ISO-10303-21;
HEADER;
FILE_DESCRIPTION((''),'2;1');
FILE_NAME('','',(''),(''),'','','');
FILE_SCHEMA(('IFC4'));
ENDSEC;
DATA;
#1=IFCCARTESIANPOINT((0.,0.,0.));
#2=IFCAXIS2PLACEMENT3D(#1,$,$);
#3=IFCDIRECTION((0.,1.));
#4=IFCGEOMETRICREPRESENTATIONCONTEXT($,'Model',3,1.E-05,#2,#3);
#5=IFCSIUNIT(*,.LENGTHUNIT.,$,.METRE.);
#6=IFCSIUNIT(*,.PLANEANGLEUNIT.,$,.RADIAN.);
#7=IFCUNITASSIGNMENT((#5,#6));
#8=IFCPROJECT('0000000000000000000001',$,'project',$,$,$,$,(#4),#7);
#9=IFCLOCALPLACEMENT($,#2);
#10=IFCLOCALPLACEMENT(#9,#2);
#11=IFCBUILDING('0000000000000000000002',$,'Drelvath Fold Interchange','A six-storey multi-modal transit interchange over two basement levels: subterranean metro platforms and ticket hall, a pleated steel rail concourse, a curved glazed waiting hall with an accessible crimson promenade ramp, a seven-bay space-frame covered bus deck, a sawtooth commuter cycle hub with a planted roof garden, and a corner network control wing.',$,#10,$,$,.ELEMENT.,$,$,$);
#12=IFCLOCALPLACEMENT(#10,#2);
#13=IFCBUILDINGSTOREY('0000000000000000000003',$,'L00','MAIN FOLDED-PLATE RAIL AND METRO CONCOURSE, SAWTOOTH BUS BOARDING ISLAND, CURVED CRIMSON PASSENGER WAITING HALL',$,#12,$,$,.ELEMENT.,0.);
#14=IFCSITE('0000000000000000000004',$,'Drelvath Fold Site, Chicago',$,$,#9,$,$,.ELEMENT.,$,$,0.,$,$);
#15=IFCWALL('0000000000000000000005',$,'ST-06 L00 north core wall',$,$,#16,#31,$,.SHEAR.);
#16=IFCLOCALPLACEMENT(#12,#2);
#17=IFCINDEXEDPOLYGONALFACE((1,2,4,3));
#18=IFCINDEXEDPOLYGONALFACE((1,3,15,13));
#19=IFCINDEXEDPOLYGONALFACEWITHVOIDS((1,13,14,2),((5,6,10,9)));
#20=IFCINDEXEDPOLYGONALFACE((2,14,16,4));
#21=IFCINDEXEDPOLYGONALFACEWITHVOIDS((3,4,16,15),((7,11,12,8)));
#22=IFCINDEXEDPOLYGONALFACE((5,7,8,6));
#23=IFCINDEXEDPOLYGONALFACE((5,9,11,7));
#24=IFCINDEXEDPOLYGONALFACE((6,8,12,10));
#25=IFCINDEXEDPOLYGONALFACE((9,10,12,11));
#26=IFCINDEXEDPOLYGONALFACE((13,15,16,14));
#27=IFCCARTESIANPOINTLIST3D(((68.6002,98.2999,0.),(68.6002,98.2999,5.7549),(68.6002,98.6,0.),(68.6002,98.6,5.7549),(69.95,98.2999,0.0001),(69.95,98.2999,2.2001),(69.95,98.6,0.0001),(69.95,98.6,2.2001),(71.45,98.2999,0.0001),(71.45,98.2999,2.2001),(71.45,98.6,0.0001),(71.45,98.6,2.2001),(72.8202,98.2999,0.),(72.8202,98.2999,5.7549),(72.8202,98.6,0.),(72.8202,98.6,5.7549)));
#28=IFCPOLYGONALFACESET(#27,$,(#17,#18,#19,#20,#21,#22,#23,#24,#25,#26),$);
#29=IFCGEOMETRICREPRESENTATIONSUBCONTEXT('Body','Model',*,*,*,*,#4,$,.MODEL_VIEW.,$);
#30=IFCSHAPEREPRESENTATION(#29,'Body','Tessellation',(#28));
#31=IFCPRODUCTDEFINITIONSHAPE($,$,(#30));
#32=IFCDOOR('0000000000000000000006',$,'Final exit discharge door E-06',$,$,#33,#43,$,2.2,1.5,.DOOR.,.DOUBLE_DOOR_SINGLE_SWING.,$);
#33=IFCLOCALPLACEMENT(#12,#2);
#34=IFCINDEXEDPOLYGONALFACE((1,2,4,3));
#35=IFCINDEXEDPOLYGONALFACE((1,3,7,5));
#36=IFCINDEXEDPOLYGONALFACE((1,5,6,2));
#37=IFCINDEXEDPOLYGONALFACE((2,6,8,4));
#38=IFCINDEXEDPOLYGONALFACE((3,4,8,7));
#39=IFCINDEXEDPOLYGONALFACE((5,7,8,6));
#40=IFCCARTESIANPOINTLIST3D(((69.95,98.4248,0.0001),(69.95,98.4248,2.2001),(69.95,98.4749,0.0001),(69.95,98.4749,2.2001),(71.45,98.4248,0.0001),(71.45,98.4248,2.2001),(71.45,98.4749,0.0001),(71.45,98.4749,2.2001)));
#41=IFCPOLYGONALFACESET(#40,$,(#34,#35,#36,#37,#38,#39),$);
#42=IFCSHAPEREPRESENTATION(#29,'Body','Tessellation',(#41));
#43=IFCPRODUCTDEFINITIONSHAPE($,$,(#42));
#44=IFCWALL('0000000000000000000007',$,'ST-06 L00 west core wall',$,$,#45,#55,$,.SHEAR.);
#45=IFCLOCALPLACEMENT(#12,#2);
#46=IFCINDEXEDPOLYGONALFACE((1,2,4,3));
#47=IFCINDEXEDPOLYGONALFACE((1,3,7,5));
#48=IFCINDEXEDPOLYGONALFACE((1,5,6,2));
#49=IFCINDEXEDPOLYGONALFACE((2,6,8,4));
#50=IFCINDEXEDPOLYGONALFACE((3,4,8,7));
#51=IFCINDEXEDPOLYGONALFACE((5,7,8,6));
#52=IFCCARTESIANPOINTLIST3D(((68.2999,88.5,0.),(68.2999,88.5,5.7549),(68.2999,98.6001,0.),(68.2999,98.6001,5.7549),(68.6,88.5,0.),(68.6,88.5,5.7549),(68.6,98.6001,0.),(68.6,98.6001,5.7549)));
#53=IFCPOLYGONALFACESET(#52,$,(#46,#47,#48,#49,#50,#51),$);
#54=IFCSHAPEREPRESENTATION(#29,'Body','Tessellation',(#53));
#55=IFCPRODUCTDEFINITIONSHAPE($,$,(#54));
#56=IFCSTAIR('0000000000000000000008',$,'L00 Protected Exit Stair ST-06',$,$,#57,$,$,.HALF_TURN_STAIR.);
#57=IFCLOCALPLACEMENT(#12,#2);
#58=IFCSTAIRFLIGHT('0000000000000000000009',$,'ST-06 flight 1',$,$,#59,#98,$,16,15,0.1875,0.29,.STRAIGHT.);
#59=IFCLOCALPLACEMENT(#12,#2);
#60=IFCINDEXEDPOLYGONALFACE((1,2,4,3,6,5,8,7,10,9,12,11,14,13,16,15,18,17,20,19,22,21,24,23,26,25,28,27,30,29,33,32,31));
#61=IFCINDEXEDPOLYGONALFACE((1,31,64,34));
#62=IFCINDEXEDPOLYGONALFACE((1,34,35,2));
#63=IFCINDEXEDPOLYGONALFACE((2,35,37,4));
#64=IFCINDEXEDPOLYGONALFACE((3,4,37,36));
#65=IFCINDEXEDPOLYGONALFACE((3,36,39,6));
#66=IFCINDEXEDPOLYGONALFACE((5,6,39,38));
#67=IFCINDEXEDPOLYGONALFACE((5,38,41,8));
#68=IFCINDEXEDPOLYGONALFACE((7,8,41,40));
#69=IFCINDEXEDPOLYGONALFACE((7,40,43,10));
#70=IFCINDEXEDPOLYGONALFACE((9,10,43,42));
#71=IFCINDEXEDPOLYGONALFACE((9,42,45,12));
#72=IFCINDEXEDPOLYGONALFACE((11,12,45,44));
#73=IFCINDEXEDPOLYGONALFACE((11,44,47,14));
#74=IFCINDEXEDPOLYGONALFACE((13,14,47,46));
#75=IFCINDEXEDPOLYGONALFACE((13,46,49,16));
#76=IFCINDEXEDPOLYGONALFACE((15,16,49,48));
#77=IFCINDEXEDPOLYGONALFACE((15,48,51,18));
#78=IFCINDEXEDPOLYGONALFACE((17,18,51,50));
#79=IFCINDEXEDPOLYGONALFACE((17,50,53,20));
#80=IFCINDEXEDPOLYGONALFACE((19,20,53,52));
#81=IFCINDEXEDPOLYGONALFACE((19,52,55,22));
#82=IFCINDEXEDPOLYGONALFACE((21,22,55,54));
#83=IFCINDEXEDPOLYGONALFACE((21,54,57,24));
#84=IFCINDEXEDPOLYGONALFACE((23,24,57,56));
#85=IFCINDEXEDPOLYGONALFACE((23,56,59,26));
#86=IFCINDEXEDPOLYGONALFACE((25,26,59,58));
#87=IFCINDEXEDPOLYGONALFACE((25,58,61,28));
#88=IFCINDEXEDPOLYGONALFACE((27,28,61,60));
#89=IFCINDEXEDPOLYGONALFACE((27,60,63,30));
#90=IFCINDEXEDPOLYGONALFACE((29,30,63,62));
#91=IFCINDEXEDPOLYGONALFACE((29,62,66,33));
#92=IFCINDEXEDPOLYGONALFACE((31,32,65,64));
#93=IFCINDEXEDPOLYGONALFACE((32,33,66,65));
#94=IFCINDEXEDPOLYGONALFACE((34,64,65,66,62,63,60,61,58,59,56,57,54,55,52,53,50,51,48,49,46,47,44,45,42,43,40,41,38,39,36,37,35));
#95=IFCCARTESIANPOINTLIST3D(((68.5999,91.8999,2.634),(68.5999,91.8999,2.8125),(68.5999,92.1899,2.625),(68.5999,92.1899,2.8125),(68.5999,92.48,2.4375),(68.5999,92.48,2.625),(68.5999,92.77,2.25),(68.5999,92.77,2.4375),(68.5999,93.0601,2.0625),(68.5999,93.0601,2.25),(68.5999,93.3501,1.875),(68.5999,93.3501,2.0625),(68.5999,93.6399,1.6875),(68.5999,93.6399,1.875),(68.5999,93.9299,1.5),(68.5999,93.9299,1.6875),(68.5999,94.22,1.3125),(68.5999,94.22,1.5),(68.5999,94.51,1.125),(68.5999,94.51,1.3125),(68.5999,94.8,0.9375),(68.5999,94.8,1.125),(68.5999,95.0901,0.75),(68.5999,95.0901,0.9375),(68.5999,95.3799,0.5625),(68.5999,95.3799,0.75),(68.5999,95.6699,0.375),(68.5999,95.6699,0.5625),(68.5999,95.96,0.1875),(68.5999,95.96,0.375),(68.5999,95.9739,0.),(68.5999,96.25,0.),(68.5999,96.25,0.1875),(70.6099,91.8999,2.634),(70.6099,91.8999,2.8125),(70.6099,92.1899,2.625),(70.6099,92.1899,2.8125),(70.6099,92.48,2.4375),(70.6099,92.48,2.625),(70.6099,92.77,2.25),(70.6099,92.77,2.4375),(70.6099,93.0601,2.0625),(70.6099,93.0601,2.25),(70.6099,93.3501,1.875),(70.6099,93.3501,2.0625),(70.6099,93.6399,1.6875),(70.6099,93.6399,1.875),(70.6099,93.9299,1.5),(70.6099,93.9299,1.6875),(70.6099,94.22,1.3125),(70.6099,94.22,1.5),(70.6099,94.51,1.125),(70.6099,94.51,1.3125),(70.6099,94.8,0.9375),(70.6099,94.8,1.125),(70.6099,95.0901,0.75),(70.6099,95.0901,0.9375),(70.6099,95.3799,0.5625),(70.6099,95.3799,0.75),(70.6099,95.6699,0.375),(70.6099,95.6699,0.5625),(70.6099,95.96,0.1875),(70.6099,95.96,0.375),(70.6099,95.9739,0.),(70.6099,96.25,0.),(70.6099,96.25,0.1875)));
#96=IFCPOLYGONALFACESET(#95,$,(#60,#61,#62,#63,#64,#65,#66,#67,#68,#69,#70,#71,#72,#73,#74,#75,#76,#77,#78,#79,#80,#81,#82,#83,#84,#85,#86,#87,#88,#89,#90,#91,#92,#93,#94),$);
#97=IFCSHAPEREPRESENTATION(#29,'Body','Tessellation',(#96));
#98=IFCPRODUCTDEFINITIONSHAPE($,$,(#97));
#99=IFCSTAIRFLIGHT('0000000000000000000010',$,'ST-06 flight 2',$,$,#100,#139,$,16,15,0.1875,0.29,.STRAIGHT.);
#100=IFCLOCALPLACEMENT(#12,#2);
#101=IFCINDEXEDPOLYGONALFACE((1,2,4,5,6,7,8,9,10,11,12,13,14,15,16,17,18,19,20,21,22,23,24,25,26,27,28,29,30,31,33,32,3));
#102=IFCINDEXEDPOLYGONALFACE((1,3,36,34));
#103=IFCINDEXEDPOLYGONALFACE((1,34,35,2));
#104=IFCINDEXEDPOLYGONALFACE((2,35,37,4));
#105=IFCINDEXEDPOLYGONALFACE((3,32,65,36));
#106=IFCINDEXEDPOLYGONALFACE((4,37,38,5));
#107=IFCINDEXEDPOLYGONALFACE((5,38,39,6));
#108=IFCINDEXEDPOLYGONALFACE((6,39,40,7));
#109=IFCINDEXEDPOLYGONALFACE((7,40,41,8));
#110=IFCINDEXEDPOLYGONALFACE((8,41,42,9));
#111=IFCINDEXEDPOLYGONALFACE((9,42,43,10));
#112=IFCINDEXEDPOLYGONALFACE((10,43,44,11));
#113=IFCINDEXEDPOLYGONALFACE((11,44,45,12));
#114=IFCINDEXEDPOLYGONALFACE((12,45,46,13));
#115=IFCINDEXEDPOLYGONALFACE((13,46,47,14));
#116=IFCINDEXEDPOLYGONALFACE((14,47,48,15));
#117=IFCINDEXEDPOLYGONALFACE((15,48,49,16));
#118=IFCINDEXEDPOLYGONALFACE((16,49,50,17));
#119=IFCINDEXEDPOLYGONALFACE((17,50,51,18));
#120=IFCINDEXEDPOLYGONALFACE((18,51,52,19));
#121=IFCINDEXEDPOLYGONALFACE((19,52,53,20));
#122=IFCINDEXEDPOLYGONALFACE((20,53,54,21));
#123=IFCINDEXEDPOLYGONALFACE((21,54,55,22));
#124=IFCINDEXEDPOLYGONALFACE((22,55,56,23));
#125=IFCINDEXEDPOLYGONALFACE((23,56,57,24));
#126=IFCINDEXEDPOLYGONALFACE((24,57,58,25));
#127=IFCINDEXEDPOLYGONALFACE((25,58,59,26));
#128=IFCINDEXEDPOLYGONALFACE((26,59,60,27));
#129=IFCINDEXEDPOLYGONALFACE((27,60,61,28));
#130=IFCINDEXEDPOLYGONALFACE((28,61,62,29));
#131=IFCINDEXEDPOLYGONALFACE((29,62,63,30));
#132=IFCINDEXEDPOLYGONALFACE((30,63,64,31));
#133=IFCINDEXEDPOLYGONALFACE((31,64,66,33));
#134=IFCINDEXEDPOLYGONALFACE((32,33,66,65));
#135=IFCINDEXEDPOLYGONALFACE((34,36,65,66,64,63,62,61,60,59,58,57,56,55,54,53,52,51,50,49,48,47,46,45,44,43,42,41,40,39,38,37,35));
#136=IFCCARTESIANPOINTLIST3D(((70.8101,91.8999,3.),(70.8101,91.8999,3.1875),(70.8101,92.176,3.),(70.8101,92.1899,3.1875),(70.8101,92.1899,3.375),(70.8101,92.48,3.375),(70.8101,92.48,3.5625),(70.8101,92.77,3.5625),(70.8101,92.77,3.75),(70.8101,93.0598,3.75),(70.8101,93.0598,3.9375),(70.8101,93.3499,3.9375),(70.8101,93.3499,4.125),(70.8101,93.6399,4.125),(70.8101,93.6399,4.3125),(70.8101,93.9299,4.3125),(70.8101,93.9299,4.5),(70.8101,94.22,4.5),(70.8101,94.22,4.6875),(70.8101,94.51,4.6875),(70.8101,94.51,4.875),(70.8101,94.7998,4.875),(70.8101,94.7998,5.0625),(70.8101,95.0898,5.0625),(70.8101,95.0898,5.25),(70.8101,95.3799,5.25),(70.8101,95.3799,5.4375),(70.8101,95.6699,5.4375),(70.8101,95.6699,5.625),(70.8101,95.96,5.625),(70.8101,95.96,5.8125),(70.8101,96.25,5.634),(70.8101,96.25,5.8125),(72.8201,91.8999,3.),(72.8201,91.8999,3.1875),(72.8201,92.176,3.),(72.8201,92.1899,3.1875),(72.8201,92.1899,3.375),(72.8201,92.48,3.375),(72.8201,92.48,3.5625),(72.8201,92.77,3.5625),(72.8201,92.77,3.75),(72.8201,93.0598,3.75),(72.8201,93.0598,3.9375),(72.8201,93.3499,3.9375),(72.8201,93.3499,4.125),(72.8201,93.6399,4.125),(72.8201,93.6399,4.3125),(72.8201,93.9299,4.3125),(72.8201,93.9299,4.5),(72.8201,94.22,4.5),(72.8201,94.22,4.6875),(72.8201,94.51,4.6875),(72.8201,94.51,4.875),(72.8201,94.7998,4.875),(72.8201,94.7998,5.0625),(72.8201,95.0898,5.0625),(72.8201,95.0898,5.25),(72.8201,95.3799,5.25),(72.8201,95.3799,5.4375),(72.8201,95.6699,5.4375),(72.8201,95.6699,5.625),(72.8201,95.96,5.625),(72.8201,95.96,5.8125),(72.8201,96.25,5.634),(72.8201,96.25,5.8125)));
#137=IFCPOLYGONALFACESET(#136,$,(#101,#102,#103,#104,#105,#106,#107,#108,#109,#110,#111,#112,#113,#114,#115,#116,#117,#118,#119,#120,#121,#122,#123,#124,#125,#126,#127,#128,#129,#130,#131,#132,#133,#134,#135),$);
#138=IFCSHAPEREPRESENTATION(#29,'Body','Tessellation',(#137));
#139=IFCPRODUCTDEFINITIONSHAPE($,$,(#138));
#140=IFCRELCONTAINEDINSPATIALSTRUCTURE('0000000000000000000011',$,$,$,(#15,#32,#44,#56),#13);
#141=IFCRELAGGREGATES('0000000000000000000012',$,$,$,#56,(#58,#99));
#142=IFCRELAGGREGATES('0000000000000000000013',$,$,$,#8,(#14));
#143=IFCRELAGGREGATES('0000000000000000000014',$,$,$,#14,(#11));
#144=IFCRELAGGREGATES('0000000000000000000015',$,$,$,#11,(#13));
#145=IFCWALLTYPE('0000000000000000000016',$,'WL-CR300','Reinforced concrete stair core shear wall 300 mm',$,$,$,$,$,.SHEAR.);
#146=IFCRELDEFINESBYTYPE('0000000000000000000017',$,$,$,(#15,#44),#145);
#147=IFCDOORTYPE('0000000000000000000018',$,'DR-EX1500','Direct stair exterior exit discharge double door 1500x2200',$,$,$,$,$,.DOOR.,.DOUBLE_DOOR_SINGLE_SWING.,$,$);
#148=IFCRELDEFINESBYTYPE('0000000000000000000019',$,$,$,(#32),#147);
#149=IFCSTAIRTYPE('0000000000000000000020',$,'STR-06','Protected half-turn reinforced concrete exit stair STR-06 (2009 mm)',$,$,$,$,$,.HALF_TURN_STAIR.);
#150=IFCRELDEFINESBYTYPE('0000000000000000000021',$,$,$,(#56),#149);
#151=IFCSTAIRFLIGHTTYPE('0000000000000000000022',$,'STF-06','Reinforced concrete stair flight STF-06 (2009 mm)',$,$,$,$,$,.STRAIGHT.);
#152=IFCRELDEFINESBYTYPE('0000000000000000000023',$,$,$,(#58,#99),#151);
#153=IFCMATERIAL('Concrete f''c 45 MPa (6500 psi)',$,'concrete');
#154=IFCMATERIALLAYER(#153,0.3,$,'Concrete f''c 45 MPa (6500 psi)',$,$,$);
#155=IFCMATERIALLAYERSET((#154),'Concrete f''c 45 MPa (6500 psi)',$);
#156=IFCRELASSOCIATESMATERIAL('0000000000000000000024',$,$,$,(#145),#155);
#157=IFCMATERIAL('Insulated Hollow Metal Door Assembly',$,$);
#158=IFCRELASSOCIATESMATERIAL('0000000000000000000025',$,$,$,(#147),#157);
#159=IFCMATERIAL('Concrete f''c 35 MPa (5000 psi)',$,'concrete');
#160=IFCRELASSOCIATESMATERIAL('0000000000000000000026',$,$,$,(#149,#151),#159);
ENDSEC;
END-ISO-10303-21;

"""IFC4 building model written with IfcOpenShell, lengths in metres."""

from ifc_helpers import new_model, si_unit, direction, frame, frame_2d, origin, place, context, subcontext, project, spatial, polyline, rectangle, outline, extrude, material, layer, layer_set, type_object, element, fill, aggregate, save


model = new_model("IFC4")

# Units and contexts
model_context = context("Model", 3, precision=1e-05, world=origin(), true_north=direction((0.0, 1.0)))
body_context = subcontext(model_context, "Body", "Model", "MODEL_VIEW")
ifc_project = project(units=[si_unit("LENGTHUNIT", "METRE"), si_unit("PLANEANGLEUNIT", "RADIAN")], contexts=[model_context])

# Site, building, storey
site_placement = place(None, origin())
site = spatial("IfcSite", under=ifc_project, at=site_placement, Name="Drelvath Fold Site, Chicago", CompositionType="ELEMENT", RefElevation=0.0)
building_placement = place(site_placement, origin())
building = spatial("IfcBuilding", under=site, at=building_placement, Name="Drelvath Fold Interchange", Description="A six-storey multi-modal transit interchange over two basement levels: subterranean metro platforms and ticket hall, a pleated steel rail concourse, a curved glazed waiting hall with an accessible crimson promenade ramp, a seven-bay space-frame covered bus deck, a sawtooth commuter cycle hub with a planted roof garden, and a corner network control wing.", CompositionType="ELEMENT")
storey_placement = place(building_placement, origin())
storey = spatial("IfcBuildingStorey", under=building, at=storey_placement, Name="L00", Description="MAIN FOLDED-PLATE RAIL AND METRO CONCOURSE, SAWTOOTH BUS BOARDING ISLAND, CURVED CRIMSON PASSENGER WAITING HALL", CompositionType="ELEMENT", Elevation=0.0)

# Wall, opening, door
ifc_material_1 = material(Name="Concrete f'c 45 MPa (6500 psi)", Category="concrete")
ifc_layer_1 = layer(ifc_material_1, 0.3, Name="Concrete f'c 45 MPa (6500 psi)")
ifc_layer_set_1 = layer_set([ifc_layer_1], Name="Concrete f'c 45 MPa (6500 psi)")
wall_type = type_object("IfcWallType", Name="WL-CR300", Description="Reinforced concrete stair core shear wall 300 mm", PredefinedType="SHEAR", material=ifc_layer_set_1)
wall_1_placement = place(storey_placement, frame((72.8201, 98.45, 0.0), z_axis=(0.0, 0.0, 1.0), x_axis=(-1.0, 0.0, 0.0)))
wall_1 = element("IfcWall", 1, at=wall_1_placement, inside=storey, type_object=wall_type, Name="ST-06 L00 north core wall", PredefinedType="SHEAR", context=body_context, shape_type="SweptSolid", body=[
    extrude(rectangle(XDim=4.22, YDim=0.3, at=frame_2d((2.1099, 0.0))), origin(), (0.0, 0.0, 1.0), 5.7549),
])
opening_placement = place(wall_1_placement, frame((1.3701, 0.0, 0.0)))
opening = element("IfcOpeningElement", 2, at=opening_placement, cuts=wall_1, PredefinedType="OPENING", context=body_context, shape_type="SweptSolid", body=[
    extrude(rectangle(XDim=1.5, YDim=2.2, at=frame_2d((0.75, 1.1001))), frame((0.0, 0.1599, 0.0), z_axis=(0.0, -1.0, 0.0), x_axis=(1.0, 0.0, 0.0)), (0.0, 0.0, 1.0), 0.3201),
])
ifc_material_2 = material(Name="Insulated Hollow Metal Door Assembly")
door_type = type_object("IfcDoorType", Name="DR-EX1500", Description="Direct stair exterior exit discharge double door 1500x2200", OperationType="DOUBLE_DOOR_SINGLE_SWING", PredefinedType="DOOR", material=ifc_material_2)
door_placement = place(opening_placement, frame((1.5, 0.0, 0.0), z_axis=(0.0, 0.0, 1.0), x_axis=(-1.0, 0.0, 0.0)))
door = element("IfcDoor", 3, at=door_placement, inside=storey, type_object=door_type, Name="Final exit discharge door E-06", OperationType="DOUBLE_DOOR_SINGLE_SWING", OverallHeight=2.2, OverallWidth=1.5, PredefinedType="DOOR", context=body_context, shape_type="SweptSolid", body=[
    extrude(rectangle(XDim=1.5, YDim=2.2, at=frame_2d((0.75, 1.1001))), frame((0.0, 0.0249, 0.0), z_axis=(0.0, -1.0, 0.0), x_axis=(1.0, 0.0, 0.0)), (0.0, 0.0, 1.0), 0.05),
])
fill(opening, door)

# Wall
wall_2_placement = place(storey_placement, frame((68.45, 98.6001, 0.0), z_axis=(0.0, 0.0, 1.0), x_axis=(0.0, -1.0, 0.0)))
element("IfcWall", 4, at=wall_2_placement, inside=storey, type_object=wall_type, Name="ST-06 L00 west core wall", PredefinedType="SHEAR", context=body_context, shape_type="SweptSolid", body=[
    extrude(rectangle(XDim=10.1001, YDim=0.3, at=frame_2d((5.05, 0.0))), origin(), (0.0, 0.0, 1.0), 5.7549),
])

# Stair, stair flights
ifc_material_3 = material(Name="Concrete f'c 35 MPa (5000 psi)", Category="concrete")
stair_type = type_object("IfcStairType", Name="STR-06", Description="Protected half-turn reinforced concrete exit stair STR-06 (2009 mm)", PredefinedType="HALF_TURN_STAIR", material=ifc_material_3)
stair_placement = place(storey_placement, origin())
stair = element("IfcStair", 5, at=stair_placement, inside=storey, type_object=stair_type, Name="L00 Protected Exit Stair ST-06", PredefinedType="HALF_TURN_STAIR")
stair_flight_type = type_object("IfcStairFlightType", Name="STF-06", Description="Reinforced concrete stair flight STF-06 (2009 mm)", PredefinedType="STRAIGHT", material=ifc_material_3)
stair_flight_1_placement = place(storey_placement, frame((69.605, 96.25, 0.0), z_axis=(0.0, 0.0, 1.0), x_axis=(0.0, -1.0, 0.0)))
stair_flight_1 = element("IfcStairFlight", 6, at=stair_flight_1_placement, type_object=stair_flight_type, Name="ST-06 flight 1", NumberOfRisers=16, NumberOfTreads=15, PredefinedType="STRAIGHT", RiserHeight=0.1875, TreadLength=0.29, context=body_context, shape_type="SweptSolid", body=[
    extrude(outline(polyline([(0.0, 0.0), (0.0, 0.1875), (0.29, 0.1875), (0.29, 0.375), (0.5801, 0.375), (0.5801, 0.5625), (0.8701, 0.5625), (0.8701, 0.75), (1.1599, 0.75), (1.1599, 0.9375), (1.45, 0.9375), (1.45, 1.125), (1.74, 1.125), (1.74, 1.3125), (2.03, 1.3125), (2.03, 1.5), (2.3201, 1.5), (2.3201, 1.6875), (2.6101, 1.6875), (2.6101, 1.875), (2.8999, 1.875), (2.8999, 2.0625), (3.1899, 2.0625), (3.1899, 2.25), (3.48, 2.25), (3.48, 2.4375), (3.77, 2.4375), (3.77, 2.625), (4.0601, 2.625), (4.0601, 2.8125), (4.3501, 2.8125), (4.3501, 3.0), (4.3501, 2.634), (0.2761, 0.0), (0.0, 0.0)])), frame((0.0, 1.0049, 0.0), z_axis=(0.0, -1.0, 0.0), x_axis=(1.0, 0.0, 0.0)), (0.0, 0.0, 1.0), 2.01),
])
stair_flight_2_placement = place(storey_placement, frame((71.8149, 91.8999, 3.0), z_axis=(0.0, 0.0, 1.0), x_axis=(0.0, 1.0, 0.0)))
stair_flight_2 = element("IfcStairFlight", 7, at=stair_flight_2_placement, type_object=stair_flight_type, Name="ST-06 flight 2", NumberOfRisers=16, NumberOfTreads=15, PredefinedType="STRAIGHT", RiserHeight=0.1875, TreadLength=0.29, context=body_context, shape_type="SweptSolid", body=[
    extrude(outline(polyline([(0.0, 0.0), (0.0, 0.1875), (0.29, 0.1875), (0.29, 0.375), (0.5801, 0.375), (0.5801, 0.5625), (0.8701, 0.5625), (0.8701, 0.75), (1.1599, 0.75), (1.1599, 0.9375), (1.45, 0.9375), (1.45, 1.125), (1.74, 1.125), (1.74, 1.3125), (2.03, 1.3125), (2.03, 1.5), (2.3201, 1.5), (2.3201, 1.6875), (2.6101, 1.6875), (2.6101, 1.875), (2.8999, 1.875), (2.8999, 2.0625), (3.1899, 2.0625), (3.1899, 2.25), (3.48, 2.25), (3.48, 2.4375), (3.77, 2.4375), (3.77, 2.625), (4.0601, 2.625), (4.0601, 2.8125), (4.3501, 2.8125), (4.3501, 3.0), (4.3501, 2.634), (0.2761, 0.0), (0.0, 0.0)])), frame((0.0, 1.0049, 0.0), z_axis=(0.0, -1.0, 0.0), x_axis=(1.0, 0.0, 0.0)), (0.0, 0.0, 1.0), 2.01),
])
aggregate(stair, [stair_flight_1, stair_flight_2])

save(model, "model.ifc")
